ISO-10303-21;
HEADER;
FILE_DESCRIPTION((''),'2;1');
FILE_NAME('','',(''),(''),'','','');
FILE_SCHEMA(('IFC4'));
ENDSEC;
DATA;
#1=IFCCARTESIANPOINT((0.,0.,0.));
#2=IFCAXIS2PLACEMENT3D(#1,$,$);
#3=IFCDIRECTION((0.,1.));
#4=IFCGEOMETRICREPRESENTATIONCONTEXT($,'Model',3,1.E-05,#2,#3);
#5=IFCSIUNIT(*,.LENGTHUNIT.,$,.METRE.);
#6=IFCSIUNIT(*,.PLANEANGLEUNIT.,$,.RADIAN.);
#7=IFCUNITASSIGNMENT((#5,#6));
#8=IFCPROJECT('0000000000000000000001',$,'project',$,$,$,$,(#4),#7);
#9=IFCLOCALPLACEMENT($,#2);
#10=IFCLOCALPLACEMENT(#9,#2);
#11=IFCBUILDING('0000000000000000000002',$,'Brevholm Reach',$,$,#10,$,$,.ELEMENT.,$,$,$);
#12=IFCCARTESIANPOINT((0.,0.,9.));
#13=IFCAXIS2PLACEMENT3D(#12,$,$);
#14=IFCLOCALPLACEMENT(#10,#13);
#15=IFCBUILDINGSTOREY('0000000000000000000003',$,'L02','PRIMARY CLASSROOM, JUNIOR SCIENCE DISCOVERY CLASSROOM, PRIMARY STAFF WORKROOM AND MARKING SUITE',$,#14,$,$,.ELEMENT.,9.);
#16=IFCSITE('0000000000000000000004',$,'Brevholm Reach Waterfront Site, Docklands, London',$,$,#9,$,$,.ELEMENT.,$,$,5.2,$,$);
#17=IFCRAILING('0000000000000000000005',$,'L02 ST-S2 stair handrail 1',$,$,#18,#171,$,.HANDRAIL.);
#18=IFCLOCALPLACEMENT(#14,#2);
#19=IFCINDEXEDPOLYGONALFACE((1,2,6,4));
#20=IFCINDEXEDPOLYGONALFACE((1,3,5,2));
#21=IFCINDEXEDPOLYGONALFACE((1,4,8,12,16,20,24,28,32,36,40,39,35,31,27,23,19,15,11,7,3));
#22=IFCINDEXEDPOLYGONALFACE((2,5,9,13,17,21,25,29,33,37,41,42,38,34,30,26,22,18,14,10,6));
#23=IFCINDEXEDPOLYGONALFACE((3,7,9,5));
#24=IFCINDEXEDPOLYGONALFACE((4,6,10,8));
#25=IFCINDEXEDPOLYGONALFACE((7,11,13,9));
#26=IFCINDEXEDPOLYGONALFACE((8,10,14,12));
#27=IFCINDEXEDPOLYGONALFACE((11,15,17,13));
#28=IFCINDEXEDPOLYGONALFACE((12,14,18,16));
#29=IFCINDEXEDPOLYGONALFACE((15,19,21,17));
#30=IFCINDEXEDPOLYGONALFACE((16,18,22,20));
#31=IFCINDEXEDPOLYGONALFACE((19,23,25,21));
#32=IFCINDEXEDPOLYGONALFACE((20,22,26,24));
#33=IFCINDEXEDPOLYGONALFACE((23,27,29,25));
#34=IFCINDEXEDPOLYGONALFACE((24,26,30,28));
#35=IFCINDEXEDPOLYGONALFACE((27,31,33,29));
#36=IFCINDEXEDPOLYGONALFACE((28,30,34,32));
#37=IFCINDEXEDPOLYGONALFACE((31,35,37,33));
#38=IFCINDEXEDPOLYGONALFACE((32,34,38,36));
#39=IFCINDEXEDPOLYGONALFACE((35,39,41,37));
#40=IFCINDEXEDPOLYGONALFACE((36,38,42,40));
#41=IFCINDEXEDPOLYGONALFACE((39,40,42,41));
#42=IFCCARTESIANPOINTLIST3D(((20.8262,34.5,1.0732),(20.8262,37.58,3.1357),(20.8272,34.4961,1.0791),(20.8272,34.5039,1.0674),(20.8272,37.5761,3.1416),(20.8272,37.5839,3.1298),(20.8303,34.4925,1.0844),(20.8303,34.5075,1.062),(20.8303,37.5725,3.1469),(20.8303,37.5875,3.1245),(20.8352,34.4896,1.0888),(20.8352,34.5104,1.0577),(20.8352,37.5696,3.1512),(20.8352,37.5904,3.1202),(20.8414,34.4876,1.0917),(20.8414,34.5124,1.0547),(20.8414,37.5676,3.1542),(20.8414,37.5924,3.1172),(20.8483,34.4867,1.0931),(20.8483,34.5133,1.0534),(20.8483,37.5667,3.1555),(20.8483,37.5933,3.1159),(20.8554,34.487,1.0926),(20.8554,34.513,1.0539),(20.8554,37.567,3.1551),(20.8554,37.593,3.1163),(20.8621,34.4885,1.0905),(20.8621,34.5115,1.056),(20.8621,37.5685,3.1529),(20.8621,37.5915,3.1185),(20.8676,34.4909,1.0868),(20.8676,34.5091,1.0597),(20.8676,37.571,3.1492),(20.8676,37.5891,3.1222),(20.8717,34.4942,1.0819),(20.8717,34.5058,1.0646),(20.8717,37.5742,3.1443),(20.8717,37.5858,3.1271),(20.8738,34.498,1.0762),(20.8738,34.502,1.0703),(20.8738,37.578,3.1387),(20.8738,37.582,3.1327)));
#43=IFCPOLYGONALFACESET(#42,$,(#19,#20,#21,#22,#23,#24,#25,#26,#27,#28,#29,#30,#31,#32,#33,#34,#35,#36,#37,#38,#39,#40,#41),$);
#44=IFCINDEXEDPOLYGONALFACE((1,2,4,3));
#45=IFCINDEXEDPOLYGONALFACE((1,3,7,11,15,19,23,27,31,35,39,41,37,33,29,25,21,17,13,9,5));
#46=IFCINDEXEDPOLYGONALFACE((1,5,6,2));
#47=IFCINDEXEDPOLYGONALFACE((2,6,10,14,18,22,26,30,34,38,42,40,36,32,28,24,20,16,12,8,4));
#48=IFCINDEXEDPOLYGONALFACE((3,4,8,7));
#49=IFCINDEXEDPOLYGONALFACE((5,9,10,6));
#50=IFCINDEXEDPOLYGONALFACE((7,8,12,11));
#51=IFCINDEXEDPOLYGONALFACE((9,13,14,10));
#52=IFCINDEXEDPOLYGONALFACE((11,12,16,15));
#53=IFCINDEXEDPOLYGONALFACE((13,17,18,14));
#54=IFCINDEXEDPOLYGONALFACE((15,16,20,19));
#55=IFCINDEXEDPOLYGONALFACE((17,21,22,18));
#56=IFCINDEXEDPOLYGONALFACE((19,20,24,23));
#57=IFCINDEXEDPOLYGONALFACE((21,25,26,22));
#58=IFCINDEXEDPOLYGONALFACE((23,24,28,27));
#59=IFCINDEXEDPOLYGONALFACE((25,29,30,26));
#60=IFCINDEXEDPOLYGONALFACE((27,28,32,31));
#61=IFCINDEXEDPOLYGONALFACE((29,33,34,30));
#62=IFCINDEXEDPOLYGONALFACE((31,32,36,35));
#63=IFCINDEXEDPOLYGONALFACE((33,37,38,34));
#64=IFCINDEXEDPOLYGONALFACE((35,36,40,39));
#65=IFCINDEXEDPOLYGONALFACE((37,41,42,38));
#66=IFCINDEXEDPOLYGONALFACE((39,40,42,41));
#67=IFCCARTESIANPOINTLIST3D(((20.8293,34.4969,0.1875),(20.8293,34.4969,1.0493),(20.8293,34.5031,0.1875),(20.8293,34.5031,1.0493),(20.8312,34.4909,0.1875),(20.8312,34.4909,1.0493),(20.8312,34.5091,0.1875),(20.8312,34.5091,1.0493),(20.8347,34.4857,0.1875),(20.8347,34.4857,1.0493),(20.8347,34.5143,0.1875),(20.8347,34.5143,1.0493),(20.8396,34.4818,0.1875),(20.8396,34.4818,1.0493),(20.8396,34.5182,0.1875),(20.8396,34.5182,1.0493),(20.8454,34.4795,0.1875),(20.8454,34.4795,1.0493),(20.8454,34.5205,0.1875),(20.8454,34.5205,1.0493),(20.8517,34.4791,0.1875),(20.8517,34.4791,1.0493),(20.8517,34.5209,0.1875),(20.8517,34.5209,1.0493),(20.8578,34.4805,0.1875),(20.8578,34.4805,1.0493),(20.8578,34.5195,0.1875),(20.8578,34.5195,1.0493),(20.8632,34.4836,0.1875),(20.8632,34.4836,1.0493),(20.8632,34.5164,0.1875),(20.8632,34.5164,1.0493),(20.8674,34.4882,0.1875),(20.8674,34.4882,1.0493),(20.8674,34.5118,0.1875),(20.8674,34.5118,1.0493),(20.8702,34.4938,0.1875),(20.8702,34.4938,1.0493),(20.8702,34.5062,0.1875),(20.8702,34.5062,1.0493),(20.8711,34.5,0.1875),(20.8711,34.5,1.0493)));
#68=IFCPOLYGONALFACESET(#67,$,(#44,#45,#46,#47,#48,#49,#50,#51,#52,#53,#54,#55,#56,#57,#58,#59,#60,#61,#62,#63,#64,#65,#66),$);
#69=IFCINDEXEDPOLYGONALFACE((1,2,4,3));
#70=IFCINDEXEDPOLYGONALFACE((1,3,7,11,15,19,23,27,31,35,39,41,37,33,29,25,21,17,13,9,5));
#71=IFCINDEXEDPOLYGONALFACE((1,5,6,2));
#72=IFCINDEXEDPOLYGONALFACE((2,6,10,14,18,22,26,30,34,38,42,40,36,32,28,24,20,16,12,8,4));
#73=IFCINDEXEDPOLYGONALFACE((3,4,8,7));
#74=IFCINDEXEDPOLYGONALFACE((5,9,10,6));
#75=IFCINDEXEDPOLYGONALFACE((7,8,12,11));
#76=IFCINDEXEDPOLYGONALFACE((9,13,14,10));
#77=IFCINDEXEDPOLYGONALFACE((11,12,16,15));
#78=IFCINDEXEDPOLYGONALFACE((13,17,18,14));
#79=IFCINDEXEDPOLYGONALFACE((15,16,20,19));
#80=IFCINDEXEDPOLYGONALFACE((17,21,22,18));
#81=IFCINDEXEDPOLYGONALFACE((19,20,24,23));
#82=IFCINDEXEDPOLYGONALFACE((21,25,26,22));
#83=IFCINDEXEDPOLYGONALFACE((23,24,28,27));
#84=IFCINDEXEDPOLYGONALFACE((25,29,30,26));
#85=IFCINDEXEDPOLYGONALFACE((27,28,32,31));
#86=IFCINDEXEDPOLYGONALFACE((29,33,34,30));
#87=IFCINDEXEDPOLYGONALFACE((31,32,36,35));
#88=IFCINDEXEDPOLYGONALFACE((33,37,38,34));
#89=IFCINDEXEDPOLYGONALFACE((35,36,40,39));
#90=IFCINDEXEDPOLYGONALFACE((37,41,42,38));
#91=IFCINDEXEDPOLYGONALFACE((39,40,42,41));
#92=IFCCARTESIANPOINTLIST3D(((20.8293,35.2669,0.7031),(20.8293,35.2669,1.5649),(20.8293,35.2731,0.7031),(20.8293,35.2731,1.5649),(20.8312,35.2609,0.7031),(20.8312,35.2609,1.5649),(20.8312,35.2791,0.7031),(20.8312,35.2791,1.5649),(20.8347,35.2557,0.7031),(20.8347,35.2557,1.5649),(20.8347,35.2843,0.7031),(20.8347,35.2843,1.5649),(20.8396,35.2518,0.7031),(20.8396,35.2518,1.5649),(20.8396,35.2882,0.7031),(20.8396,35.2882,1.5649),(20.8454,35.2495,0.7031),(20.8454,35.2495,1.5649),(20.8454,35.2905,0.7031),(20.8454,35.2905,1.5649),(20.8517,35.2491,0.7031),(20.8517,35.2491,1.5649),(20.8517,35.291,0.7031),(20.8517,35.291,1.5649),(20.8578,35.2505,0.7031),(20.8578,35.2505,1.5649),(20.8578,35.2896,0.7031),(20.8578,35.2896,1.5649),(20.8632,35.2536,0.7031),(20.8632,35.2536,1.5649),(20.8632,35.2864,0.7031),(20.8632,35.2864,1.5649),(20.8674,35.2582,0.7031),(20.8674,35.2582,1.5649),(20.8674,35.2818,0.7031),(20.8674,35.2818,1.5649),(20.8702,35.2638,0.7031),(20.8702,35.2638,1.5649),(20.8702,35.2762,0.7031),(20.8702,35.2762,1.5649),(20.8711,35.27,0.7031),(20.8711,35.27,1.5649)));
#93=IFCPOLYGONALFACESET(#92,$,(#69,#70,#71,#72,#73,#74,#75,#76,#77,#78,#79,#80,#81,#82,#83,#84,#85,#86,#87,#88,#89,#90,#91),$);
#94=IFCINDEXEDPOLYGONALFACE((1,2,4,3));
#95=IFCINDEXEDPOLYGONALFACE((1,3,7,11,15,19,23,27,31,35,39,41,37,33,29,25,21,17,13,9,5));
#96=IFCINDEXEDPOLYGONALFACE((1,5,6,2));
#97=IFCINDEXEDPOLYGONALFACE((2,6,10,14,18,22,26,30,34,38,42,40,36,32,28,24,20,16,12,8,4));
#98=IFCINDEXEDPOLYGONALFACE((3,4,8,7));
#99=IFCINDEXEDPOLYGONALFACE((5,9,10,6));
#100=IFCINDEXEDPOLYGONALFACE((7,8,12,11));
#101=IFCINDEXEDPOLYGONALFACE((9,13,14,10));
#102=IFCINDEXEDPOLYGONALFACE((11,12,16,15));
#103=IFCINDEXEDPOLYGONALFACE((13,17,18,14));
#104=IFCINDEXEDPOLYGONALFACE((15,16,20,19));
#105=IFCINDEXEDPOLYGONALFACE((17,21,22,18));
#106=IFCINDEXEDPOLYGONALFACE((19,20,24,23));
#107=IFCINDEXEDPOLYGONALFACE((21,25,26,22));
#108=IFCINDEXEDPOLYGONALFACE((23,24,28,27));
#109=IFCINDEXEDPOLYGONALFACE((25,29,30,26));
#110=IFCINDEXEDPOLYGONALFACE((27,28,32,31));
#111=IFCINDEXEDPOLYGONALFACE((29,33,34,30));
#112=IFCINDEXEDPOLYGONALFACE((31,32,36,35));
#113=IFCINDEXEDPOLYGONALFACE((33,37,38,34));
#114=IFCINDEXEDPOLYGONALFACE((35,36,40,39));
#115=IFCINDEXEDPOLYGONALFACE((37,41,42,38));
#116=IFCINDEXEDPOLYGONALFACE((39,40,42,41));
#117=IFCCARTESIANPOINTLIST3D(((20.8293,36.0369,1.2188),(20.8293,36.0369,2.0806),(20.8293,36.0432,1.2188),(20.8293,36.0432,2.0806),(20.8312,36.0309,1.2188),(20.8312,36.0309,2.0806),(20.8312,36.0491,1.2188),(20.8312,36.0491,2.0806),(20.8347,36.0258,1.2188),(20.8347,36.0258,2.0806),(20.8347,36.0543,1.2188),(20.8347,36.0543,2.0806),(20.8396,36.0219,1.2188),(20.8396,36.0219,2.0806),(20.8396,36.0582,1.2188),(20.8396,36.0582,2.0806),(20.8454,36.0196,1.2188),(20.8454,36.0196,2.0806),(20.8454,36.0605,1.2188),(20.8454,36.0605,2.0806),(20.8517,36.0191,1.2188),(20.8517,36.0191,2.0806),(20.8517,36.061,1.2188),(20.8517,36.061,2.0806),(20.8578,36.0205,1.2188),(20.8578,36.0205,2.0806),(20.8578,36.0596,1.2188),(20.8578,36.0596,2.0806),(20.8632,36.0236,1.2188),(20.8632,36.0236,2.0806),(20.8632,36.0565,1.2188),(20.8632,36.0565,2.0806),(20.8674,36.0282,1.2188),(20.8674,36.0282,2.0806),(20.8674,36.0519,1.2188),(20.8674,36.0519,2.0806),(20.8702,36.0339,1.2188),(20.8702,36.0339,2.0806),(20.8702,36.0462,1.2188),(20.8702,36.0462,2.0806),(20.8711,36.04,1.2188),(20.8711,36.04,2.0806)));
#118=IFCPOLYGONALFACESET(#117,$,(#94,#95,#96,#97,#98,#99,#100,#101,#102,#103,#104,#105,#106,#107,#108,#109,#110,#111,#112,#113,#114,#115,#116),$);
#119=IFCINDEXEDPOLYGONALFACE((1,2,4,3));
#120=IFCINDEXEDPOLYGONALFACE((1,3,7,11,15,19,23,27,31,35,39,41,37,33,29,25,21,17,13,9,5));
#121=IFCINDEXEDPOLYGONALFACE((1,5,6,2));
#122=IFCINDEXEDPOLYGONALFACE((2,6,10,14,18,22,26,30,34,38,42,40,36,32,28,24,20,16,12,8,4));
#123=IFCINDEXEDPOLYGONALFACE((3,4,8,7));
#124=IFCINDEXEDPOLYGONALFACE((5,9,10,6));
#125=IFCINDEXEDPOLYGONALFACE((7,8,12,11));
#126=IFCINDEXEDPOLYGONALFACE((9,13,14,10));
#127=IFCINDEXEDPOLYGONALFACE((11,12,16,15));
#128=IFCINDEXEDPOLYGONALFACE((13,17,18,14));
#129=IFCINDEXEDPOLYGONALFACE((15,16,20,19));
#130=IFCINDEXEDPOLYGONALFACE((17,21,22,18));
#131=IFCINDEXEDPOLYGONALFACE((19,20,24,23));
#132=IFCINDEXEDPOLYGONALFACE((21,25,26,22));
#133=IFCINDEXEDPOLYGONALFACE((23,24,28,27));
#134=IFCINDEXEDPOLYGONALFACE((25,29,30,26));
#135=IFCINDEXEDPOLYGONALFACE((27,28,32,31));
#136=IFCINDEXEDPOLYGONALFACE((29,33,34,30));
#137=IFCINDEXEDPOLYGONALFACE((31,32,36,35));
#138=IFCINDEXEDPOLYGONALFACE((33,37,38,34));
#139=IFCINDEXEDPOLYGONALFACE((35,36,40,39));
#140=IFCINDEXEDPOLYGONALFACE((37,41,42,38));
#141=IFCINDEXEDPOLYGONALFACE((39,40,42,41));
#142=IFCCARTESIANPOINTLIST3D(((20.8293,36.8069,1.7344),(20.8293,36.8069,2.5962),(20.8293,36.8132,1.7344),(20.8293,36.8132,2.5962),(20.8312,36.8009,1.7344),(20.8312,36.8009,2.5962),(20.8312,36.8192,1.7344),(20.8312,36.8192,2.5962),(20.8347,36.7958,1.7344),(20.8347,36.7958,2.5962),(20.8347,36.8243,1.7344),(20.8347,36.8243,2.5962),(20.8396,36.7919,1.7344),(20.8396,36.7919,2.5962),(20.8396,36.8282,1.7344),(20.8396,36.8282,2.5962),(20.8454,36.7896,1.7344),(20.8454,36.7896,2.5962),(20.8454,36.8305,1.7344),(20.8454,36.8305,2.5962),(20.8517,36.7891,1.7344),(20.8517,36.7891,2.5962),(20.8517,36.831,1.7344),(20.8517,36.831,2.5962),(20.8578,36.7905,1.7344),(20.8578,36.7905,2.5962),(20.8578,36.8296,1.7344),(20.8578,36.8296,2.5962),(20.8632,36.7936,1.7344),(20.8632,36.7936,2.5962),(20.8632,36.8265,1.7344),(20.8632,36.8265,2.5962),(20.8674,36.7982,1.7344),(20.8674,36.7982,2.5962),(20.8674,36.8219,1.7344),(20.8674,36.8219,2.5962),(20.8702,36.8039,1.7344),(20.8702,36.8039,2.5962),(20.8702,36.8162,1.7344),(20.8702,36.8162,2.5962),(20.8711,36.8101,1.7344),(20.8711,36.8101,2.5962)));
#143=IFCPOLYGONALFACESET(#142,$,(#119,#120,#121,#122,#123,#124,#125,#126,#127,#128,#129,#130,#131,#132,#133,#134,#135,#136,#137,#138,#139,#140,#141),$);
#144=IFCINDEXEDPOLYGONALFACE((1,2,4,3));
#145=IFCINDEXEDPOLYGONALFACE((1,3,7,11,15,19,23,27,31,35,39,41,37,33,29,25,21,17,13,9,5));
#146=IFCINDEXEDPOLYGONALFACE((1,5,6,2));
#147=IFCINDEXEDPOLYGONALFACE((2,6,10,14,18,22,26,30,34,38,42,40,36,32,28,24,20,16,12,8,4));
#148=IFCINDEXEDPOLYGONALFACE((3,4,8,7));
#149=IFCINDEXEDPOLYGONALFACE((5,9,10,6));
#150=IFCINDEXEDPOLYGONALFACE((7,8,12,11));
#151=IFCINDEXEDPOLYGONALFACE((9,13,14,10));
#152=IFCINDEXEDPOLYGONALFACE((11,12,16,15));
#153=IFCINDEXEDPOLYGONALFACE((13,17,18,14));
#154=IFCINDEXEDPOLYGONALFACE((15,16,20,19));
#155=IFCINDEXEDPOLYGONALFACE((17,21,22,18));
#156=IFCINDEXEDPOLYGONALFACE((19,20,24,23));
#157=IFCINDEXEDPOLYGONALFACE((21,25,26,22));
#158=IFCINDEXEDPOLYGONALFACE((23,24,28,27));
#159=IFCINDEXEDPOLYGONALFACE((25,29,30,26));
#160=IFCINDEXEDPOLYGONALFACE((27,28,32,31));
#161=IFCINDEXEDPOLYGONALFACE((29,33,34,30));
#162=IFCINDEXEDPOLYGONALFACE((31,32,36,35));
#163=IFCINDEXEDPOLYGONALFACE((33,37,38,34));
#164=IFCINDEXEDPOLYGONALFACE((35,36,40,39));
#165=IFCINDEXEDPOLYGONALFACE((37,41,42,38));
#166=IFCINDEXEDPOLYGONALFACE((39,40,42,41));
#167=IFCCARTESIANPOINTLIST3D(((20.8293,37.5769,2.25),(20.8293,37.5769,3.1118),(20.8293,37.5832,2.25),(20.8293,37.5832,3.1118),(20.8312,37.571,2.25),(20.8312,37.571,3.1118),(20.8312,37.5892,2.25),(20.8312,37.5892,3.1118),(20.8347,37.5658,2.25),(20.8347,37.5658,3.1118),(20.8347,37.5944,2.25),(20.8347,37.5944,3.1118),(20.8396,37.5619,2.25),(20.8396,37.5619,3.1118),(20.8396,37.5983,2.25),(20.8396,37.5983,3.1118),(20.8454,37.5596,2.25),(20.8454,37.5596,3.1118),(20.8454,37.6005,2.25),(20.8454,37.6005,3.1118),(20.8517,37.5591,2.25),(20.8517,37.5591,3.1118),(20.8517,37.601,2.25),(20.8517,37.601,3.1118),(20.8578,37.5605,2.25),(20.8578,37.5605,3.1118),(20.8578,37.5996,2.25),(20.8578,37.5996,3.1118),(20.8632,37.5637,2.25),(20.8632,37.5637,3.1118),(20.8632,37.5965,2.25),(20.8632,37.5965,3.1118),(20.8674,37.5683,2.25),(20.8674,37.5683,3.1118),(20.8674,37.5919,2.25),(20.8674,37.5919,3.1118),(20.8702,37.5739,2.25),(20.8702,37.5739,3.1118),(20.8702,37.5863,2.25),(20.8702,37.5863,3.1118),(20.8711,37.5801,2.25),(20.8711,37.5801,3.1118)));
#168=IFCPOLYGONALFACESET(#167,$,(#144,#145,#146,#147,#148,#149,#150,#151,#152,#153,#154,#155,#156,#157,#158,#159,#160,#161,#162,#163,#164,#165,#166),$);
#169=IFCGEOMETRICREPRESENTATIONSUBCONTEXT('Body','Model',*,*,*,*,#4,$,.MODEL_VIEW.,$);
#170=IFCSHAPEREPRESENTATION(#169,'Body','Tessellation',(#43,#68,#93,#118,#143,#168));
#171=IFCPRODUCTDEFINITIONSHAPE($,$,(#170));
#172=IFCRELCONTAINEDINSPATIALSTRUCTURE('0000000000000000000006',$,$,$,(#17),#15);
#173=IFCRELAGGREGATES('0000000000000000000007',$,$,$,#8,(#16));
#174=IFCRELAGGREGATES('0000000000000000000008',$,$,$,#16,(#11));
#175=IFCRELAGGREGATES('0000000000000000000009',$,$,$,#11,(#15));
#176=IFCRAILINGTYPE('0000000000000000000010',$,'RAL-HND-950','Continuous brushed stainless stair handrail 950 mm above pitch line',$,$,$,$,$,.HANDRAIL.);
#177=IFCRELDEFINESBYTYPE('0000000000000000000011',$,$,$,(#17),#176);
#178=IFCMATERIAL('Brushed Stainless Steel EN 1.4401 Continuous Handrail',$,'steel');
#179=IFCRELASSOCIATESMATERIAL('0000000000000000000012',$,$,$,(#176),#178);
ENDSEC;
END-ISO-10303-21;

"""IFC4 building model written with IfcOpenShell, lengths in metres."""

from ifc_helpers import new_model, si_unit, direction, frame, origin, origin_2d, place, context, subcontext, project, spatial, circle, extrude, material, type_object, element, save


model = new_model("IFC4")

# Units and contexts
model_context = context("Model", 3, precision=1e-05, world=origin(), true_north=direction((0.0, 1.0)))
body_context = subcontext(model_context, "Body", "Model", "MODEL_VIEW")
ifc_project = project(units=[si_unit("LENGTHUNIT", "METRE"), si_unit("PLANEANGLEUNIT", "RADIAN")], contexts=[model_context])

# Site, building, storey
site_placement = place(None, origin())
site = spatial("IfcSite", under=ifc_project, at=site_placement, Name="Brevholm Reach Waterfront Site, Docklands, London", CompositionType="ELEMENT", RefElevation=5.2)
building_placement = place(site_placement, origin())
building = spatial("IfcBuilding", under=site, at=building_placement, Name="Brevholm Reach", CompositionType="ELEMENT")
storey_placement = place(building_placement, frame((0.0, 0.0, 9.0)))
storey = spatial("IfcBuildingStorey", under=building, at=storey_placement, Name="L02", Description="PRIMARY CLASSROOM, JUNIOR SCIENCE DISCOVERY CLASSROOM, PRIMARY STAFF WORKROOM AND MARKING SUITE", CompositionType="ELEMENT", Elevation=9.0)

# Railing
ifc_material_1 = material(Name="Brushed Stainless Steel EN 1.4401 Continuous Handrail", Category="steel")
railing_type_1 = type_object("IfcRailingType", Name="RAL-HND-950", Description="Continuous brushed stainless stair handrail 950 mm above pitch line", PredefinedType="HANDRAIL", material=ifc_material_1)
for number, where, name in (
    (1, (20.8501, 34.5, 0.1875), "L02 ST-S2 stair handrail 1"),
):
    element("IfcRailing", number, at=place(storey_placement, frame(where)), inside=storey, type_object=railing_type_1, Name=name, PredefinedType="HANDRAIL", context=body_context, shape_type="SweptSolid", body=[
        extrude(circle(Radius=0.0239, at=origin_2d()), frame((0.0, 0.0, 0.8857), z_axis=(0.0, 0.830914, 0.556401), x_axis=(-1.0, 0.0, 0.0)), (0.0, 0.0, 1.0), 3.7068),
        extrude(circle(Radius=0.021, at=origin_2d()), origin(), (0.0, 0.0, 1.0), 0.8618),
        extrude(circle(Radius=0.021, at=origin_2d()), frame((0.0, 0.77, 0.5156)), (0.0, 0.0, 1.0), 0.8618),
        extrude(circle(Radius=0.021, at=origin_2d()), frame((0.0, 1.54, 1.0312)), (0.0, 0.0, 1.0), 0.8618),
        extrude(circle(Radius=0.021, at=origin_2d()), frame((0.0, 2.3101, 1.5469)), (0.0, 0.0, 1.0), 0.8618),
        extrude(circle(Radius=0.021, at=origin_2d()), frame((0.0, 3.0801, 2.0625)), (0.0, 0.0, 1.0), 0.8618),
    ])

save(model, "model.ifc")
